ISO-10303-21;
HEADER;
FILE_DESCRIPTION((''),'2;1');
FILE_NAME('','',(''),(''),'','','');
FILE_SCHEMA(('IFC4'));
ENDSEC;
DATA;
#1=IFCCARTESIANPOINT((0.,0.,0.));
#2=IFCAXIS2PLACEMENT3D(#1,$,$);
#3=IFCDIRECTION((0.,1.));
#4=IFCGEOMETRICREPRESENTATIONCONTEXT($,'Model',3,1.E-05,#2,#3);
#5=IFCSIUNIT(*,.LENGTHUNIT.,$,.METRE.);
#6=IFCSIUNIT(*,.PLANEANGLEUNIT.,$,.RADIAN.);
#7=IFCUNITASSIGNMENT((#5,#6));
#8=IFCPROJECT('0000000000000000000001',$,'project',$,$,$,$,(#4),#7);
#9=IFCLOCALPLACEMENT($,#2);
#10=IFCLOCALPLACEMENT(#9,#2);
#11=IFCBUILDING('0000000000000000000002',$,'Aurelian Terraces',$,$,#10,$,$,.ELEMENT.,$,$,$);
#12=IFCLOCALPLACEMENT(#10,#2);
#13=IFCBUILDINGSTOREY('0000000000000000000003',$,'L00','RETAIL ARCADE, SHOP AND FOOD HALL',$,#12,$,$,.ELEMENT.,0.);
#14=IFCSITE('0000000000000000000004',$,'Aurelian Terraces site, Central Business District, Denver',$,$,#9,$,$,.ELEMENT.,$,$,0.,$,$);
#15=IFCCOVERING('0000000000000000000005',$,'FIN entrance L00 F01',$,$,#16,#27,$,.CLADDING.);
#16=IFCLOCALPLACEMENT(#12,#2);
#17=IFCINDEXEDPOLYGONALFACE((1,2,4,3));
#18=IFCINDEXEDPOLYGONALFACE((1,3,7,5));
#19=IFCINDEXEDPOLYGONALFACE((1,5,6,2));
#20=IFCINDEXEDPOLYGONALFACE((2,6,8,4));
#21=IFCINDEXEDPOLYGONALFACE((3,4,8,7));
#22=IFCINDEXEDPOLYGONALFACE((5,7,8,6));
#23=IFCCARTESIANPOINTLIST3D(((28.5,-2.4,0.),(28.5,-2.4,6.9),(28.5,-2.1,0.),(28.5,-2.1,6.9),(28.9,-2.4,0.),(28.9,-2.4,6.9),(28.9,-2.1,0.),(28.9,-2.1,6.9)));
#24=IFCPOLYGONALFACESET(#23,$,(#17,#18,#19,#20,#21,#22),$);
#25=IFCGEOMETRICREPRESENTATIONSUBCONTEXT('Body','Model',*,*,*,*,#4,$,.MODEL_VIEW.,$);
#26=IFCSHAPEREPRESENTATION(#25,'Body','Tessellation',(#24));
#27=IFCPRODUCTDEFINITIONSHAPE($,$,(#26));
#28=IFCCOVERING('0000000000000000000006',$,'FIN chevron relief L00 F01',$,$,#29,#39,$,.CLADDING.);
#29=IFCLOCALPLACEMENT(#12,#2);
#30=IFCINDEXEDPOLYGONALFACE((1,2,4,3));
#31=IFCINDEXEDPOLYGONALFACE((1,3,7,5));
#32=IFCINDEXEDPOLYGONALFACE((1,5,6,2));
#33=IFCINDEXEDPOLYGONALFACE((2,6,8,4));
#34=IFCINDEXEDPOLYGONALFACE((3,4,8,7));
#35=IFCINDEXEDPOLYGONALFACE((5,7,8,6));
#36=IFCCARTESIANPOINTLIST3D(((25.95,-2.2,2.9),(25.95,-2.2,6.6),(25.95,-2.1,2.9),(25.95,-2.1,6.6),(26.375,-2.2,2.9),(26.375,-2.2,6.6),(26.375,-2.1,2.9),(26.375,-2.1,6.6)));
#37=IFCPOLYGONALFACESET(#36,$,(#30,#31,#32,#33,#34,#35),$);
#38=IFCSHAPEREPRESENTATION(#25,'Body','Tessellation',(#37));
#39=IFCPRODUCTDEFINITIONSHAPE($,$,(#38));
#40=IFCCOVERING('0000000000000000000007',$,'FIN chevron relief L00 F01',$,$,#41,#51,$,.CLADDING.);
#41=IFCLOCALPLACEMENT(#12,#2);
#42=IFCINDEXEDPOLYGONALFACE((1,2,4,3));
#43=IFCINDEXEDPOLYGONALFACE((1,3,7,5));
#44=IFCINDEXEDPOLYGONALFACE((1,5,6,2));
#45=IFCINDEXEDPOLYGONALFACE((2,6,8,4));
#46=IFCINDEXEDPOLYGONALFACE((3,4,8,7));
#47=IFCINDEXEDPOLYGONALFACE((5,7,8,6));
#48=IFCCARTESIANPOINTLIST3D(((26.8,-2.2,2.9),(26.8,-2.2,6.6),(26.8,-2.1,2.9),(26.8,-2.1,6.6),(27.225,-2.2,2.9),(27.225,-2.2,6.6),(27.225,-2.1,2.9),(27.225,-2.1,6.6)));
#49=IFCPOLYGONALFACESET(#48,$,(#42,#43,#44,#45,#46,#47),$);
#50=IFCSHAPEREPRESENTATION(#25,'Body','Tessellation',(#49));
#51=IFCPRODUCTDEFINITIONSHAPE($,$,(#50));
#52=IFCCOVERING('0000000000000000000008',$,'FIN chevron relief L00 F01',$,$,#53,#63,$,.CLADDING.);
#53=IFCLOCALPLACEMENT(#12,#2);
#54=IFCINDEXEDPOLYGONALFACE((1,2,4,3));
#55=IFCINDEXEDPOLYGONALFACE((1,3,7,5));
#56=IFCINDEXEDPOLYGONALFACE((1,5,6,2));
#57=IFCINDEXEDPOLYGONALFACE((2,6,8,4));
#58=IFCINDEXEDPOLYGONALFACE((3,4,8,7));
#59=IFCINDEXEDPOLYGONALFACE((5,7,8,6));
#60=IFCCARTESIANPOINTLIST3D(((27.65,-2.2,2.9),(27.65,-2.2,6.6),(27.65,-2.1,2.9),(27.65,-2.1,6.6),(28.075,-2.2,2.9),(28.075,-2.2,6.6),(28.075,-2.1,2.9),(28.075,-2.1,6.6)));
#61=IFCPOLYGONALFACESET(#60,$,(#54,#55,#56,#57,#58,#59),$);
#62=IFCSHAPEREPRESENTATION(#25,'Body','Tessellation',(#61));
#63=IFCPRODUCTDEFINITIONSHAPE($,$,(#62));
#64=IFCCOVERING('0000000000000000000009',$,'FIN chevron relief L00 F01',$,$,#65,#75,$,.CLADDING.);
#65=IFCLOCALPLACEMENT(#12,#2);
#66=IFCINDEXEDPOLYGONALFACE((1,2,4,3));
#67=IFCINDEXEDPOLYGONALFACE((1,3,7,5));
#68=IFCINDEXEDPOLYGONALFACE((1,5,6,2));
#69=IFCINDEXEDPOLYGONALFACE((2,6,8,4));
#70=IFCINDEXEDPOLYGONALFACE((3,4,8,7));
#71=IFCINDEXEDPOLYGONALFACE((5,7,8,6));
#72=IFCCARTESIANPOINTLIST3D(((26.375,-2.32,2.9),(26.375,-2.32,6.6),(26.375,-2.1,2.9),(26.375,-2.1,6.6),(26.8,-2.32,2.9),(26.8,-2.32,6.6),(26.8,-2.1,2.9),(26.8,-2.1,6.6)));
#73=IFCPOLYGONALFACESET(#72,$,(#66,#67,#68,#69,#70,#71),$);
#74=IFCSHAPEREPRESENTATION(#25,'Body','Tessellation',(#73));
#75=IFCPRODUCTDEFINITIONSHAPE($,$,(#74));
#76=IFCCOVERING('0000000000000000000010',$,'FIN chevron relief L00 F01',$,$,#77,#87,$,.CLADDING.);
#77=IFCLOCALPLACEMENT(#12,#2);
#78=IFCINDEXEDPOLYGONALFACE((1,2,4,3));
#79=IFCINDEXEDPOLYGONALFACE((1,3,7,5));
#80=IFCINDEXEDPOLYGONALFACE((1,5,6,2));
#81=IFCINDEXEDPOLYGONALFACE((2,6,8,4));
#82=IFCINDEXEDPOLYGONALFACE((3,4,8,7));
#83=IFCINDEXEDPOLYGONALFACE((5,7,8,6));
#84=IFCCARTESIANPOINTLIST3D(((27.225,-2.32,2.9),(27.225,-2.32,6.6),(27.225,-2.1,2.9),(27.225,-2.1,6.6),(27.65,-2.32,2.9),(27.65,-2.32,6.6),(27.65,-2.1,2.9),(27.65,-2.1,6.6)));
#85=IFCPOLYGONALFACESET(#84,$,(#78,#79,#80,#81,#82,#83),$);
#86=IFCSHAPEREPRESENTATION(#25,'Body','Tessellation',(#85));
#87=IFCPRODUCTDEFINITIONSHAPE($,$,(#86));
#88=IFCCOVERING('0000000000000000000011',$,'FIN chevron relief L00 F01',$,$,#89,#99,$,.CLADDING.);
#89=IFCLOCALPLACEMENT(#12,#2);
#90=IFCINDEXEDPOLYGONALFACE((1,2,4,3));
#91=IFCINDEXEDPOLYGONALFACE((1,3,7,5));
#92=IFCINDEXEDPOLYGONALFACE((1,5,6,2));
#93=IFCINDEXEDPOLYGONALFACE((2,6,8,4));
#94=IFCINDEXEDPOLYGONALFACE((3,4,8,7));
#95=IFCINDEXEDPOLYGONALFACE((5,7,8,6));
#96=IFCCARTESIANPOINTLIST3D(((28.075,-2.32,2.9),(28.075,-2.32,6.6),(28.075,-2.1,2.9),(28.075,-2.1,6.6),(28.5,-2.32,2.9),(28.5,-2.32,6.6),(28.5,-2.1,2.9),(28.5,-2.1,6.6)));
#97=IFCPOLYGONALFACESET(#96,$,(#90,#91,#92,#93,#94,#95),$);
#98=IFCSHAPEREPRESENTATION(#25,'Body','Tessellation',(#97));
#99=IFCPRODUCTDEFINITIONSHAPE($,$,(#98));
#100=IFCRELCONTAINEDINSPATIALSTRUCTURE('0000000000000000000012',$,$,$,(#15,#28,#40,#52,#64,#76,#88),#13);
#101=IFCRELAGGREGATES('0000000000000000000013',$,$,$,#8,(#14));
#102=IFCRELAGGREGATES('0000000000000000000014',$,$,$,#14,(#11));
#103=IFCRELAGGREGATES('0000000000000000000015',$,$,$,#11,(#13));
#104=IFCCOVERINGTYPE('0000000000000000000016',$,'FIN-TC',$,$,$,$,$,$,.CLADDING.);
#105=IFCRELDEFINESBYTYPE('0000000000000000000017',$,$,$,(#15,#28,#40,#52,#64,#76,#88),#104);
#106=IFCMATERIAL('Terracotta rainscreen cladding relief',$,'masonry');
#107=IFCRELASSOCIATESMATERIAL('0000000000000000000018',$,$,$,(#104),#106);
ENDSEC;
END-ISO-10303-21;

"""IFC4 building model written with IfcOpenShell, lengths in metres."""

from ifc_helpers import new_model, si_unit, direction, frame, origin, origin_2d, place, context, subcontext, project, spatial, rectangle, extrude, source, transform, mapped, material, type_object, element, save


model = new_model("IFC4")

# Units and contexts
model_context = context("Model", 3, precision=1e-05, world=origin(), true_north=direction((0.0, 1.0)))
body_context = subcontext(model_context, "Body", "Model", "MODEL_VIEW")
ifc_project = project(units=[si_unit("LENGTHUNIT", "METRE"), si_unit("PLANEANGLEUNIT", "RADIAN")], contexts=[model_context])

# Site, building, storey
site_placement = place(None, origin())
site = spatial("IfcSite", under=ifc_project, at=site_placement, Name="Aurelian Terraces site, Central Business District, Denver", CompositionType="ELEMENT", RefElevation=0.0)
building_placement = place(site_placement, origin())
building = spatial("IfcBuilding", under=site, at=building_placement, Name="Aurelian Terraces", CompositionType="ELEMENT")
storey_placement = place(building_placement, origin())
storey = spatial("IfcBuildingStorey", under=building, at=storey_placement, Name="L00", Description="RETAIL ARCADE, SHOP AND FOOD HALL", CompositionType="ELEMENT", Elevation=0.0)

# Coverings
ifc_material_1 = material(Name="Terracotta rainscreen cladding relief", Category="masonry")
covering_type = type_object("IfcCoveringType", Name="FIN-TC", PredefinedType="CLADDING", material=ifc_material_1)
shared_shape_1 = source(origin(), body_context, "Body", "SweptSolid", [
    extrude(rectangle(XDim=0.4, YDim=0.3, at=origin_2d()), origin(), (0.0, 0.0, 1.0), 6.9),
])
covering_1_placement = place(storey_placement, frame((28.7, -2.25, 0.0), z_axis=(0.0, 0.0, 1.0), x_axis=(1.0, 0.0, 0.0)))
element("IfcCovering", 1, at=covering_1_placement, inside=storey, type_object=covering_type, Name="FIN entrance L00 F01", PredefinedType="CLADDING", context=body_context, shape_type="MappedRepresentation", body=[
    mapped(shared_shape_1, transform((0.0, 0.0, 0.0), scale=1.0)),
])
shared_shape_2 = source(origin(), body_context, "Body", "SweptSolid", [
    extrude(rectangle(XDim=0.425, YDim=0.1, at=origin_2d()), origin(), (0.0, 0.0, 1.0), 3.7),
])
for number, where, z_axis, x_axis, name in (
    (2, (26.1625, -2.15, 2.9), (0.0, 0.0, 1.0), (1.0, 0.0, 0.0), "FIN chevron relief L00 F01"),
    (3, (27.0125, -2.15, 2.9), (0.0, 0.0, 1.0), (1.0, 0.0, 0.0), "FIN chevron relief L00 F01"),
    (4, (27.8625, -2.15, 2.9), (0.0, 0.0, 1.0), (1.0, 0.0, 0.0), "FIN chevron relief L00 F01"),
):
    element("IfcCovering", number, at=place(storey_placement, frame(where, z_axis=z_axis, x_axis=x_axis)), inside=storey, type_object=covering_type, Name=name, PredefinedType="CLADDING", context=body_context, shape_type="MappedRepresentation", body=[
        mapped(shared_shape_2, transform((0.0, 0.0, 0.0), scale=1.0)),
    ])
shared_shape_3 = source(origin(), body_context, "Body", "SweptSolid", [
    extrude(rectangle(XDim=0.425, YDim=0.22, at=origin_2d()), origin(), (0.0, 0.0, 1.0), 3.7),
])
for number, where, z_axis, x_axis, name in (
    (5, (26.5875, -2.21, 2.9), (0.0, 0.0, 1.0), (1.0, 0.0, 0.0), "FIN chevron relief L00 F01"),
    (6, (27.4375, -2.21, 2.9), (0.0, 0.0, 1.0), (1.0, 0.0, 0.0), "FIN chevron relief L00 F01"),
    (7, (28.2875, -2.21, 2.9), (0.0, 0.0, 1.0), (1.0, 0.0, 0.0), "FIN chevron relief L00 F01"),
):
    element("IfcCovering", number, at=place(storey_placement, frame(where, z_axis=z_axis, x_axis=x_axis)), inside=storey, type_object=covering_type, Name=name, PredefinedType="CLADDING", context=body_context, shape_type="MappedRepresentation", body=[
        mapped(shared_shape_3, transform((0.0, 0.0, 0.0), scale=1.0)),
    ])

save(model, "model.ifc")
